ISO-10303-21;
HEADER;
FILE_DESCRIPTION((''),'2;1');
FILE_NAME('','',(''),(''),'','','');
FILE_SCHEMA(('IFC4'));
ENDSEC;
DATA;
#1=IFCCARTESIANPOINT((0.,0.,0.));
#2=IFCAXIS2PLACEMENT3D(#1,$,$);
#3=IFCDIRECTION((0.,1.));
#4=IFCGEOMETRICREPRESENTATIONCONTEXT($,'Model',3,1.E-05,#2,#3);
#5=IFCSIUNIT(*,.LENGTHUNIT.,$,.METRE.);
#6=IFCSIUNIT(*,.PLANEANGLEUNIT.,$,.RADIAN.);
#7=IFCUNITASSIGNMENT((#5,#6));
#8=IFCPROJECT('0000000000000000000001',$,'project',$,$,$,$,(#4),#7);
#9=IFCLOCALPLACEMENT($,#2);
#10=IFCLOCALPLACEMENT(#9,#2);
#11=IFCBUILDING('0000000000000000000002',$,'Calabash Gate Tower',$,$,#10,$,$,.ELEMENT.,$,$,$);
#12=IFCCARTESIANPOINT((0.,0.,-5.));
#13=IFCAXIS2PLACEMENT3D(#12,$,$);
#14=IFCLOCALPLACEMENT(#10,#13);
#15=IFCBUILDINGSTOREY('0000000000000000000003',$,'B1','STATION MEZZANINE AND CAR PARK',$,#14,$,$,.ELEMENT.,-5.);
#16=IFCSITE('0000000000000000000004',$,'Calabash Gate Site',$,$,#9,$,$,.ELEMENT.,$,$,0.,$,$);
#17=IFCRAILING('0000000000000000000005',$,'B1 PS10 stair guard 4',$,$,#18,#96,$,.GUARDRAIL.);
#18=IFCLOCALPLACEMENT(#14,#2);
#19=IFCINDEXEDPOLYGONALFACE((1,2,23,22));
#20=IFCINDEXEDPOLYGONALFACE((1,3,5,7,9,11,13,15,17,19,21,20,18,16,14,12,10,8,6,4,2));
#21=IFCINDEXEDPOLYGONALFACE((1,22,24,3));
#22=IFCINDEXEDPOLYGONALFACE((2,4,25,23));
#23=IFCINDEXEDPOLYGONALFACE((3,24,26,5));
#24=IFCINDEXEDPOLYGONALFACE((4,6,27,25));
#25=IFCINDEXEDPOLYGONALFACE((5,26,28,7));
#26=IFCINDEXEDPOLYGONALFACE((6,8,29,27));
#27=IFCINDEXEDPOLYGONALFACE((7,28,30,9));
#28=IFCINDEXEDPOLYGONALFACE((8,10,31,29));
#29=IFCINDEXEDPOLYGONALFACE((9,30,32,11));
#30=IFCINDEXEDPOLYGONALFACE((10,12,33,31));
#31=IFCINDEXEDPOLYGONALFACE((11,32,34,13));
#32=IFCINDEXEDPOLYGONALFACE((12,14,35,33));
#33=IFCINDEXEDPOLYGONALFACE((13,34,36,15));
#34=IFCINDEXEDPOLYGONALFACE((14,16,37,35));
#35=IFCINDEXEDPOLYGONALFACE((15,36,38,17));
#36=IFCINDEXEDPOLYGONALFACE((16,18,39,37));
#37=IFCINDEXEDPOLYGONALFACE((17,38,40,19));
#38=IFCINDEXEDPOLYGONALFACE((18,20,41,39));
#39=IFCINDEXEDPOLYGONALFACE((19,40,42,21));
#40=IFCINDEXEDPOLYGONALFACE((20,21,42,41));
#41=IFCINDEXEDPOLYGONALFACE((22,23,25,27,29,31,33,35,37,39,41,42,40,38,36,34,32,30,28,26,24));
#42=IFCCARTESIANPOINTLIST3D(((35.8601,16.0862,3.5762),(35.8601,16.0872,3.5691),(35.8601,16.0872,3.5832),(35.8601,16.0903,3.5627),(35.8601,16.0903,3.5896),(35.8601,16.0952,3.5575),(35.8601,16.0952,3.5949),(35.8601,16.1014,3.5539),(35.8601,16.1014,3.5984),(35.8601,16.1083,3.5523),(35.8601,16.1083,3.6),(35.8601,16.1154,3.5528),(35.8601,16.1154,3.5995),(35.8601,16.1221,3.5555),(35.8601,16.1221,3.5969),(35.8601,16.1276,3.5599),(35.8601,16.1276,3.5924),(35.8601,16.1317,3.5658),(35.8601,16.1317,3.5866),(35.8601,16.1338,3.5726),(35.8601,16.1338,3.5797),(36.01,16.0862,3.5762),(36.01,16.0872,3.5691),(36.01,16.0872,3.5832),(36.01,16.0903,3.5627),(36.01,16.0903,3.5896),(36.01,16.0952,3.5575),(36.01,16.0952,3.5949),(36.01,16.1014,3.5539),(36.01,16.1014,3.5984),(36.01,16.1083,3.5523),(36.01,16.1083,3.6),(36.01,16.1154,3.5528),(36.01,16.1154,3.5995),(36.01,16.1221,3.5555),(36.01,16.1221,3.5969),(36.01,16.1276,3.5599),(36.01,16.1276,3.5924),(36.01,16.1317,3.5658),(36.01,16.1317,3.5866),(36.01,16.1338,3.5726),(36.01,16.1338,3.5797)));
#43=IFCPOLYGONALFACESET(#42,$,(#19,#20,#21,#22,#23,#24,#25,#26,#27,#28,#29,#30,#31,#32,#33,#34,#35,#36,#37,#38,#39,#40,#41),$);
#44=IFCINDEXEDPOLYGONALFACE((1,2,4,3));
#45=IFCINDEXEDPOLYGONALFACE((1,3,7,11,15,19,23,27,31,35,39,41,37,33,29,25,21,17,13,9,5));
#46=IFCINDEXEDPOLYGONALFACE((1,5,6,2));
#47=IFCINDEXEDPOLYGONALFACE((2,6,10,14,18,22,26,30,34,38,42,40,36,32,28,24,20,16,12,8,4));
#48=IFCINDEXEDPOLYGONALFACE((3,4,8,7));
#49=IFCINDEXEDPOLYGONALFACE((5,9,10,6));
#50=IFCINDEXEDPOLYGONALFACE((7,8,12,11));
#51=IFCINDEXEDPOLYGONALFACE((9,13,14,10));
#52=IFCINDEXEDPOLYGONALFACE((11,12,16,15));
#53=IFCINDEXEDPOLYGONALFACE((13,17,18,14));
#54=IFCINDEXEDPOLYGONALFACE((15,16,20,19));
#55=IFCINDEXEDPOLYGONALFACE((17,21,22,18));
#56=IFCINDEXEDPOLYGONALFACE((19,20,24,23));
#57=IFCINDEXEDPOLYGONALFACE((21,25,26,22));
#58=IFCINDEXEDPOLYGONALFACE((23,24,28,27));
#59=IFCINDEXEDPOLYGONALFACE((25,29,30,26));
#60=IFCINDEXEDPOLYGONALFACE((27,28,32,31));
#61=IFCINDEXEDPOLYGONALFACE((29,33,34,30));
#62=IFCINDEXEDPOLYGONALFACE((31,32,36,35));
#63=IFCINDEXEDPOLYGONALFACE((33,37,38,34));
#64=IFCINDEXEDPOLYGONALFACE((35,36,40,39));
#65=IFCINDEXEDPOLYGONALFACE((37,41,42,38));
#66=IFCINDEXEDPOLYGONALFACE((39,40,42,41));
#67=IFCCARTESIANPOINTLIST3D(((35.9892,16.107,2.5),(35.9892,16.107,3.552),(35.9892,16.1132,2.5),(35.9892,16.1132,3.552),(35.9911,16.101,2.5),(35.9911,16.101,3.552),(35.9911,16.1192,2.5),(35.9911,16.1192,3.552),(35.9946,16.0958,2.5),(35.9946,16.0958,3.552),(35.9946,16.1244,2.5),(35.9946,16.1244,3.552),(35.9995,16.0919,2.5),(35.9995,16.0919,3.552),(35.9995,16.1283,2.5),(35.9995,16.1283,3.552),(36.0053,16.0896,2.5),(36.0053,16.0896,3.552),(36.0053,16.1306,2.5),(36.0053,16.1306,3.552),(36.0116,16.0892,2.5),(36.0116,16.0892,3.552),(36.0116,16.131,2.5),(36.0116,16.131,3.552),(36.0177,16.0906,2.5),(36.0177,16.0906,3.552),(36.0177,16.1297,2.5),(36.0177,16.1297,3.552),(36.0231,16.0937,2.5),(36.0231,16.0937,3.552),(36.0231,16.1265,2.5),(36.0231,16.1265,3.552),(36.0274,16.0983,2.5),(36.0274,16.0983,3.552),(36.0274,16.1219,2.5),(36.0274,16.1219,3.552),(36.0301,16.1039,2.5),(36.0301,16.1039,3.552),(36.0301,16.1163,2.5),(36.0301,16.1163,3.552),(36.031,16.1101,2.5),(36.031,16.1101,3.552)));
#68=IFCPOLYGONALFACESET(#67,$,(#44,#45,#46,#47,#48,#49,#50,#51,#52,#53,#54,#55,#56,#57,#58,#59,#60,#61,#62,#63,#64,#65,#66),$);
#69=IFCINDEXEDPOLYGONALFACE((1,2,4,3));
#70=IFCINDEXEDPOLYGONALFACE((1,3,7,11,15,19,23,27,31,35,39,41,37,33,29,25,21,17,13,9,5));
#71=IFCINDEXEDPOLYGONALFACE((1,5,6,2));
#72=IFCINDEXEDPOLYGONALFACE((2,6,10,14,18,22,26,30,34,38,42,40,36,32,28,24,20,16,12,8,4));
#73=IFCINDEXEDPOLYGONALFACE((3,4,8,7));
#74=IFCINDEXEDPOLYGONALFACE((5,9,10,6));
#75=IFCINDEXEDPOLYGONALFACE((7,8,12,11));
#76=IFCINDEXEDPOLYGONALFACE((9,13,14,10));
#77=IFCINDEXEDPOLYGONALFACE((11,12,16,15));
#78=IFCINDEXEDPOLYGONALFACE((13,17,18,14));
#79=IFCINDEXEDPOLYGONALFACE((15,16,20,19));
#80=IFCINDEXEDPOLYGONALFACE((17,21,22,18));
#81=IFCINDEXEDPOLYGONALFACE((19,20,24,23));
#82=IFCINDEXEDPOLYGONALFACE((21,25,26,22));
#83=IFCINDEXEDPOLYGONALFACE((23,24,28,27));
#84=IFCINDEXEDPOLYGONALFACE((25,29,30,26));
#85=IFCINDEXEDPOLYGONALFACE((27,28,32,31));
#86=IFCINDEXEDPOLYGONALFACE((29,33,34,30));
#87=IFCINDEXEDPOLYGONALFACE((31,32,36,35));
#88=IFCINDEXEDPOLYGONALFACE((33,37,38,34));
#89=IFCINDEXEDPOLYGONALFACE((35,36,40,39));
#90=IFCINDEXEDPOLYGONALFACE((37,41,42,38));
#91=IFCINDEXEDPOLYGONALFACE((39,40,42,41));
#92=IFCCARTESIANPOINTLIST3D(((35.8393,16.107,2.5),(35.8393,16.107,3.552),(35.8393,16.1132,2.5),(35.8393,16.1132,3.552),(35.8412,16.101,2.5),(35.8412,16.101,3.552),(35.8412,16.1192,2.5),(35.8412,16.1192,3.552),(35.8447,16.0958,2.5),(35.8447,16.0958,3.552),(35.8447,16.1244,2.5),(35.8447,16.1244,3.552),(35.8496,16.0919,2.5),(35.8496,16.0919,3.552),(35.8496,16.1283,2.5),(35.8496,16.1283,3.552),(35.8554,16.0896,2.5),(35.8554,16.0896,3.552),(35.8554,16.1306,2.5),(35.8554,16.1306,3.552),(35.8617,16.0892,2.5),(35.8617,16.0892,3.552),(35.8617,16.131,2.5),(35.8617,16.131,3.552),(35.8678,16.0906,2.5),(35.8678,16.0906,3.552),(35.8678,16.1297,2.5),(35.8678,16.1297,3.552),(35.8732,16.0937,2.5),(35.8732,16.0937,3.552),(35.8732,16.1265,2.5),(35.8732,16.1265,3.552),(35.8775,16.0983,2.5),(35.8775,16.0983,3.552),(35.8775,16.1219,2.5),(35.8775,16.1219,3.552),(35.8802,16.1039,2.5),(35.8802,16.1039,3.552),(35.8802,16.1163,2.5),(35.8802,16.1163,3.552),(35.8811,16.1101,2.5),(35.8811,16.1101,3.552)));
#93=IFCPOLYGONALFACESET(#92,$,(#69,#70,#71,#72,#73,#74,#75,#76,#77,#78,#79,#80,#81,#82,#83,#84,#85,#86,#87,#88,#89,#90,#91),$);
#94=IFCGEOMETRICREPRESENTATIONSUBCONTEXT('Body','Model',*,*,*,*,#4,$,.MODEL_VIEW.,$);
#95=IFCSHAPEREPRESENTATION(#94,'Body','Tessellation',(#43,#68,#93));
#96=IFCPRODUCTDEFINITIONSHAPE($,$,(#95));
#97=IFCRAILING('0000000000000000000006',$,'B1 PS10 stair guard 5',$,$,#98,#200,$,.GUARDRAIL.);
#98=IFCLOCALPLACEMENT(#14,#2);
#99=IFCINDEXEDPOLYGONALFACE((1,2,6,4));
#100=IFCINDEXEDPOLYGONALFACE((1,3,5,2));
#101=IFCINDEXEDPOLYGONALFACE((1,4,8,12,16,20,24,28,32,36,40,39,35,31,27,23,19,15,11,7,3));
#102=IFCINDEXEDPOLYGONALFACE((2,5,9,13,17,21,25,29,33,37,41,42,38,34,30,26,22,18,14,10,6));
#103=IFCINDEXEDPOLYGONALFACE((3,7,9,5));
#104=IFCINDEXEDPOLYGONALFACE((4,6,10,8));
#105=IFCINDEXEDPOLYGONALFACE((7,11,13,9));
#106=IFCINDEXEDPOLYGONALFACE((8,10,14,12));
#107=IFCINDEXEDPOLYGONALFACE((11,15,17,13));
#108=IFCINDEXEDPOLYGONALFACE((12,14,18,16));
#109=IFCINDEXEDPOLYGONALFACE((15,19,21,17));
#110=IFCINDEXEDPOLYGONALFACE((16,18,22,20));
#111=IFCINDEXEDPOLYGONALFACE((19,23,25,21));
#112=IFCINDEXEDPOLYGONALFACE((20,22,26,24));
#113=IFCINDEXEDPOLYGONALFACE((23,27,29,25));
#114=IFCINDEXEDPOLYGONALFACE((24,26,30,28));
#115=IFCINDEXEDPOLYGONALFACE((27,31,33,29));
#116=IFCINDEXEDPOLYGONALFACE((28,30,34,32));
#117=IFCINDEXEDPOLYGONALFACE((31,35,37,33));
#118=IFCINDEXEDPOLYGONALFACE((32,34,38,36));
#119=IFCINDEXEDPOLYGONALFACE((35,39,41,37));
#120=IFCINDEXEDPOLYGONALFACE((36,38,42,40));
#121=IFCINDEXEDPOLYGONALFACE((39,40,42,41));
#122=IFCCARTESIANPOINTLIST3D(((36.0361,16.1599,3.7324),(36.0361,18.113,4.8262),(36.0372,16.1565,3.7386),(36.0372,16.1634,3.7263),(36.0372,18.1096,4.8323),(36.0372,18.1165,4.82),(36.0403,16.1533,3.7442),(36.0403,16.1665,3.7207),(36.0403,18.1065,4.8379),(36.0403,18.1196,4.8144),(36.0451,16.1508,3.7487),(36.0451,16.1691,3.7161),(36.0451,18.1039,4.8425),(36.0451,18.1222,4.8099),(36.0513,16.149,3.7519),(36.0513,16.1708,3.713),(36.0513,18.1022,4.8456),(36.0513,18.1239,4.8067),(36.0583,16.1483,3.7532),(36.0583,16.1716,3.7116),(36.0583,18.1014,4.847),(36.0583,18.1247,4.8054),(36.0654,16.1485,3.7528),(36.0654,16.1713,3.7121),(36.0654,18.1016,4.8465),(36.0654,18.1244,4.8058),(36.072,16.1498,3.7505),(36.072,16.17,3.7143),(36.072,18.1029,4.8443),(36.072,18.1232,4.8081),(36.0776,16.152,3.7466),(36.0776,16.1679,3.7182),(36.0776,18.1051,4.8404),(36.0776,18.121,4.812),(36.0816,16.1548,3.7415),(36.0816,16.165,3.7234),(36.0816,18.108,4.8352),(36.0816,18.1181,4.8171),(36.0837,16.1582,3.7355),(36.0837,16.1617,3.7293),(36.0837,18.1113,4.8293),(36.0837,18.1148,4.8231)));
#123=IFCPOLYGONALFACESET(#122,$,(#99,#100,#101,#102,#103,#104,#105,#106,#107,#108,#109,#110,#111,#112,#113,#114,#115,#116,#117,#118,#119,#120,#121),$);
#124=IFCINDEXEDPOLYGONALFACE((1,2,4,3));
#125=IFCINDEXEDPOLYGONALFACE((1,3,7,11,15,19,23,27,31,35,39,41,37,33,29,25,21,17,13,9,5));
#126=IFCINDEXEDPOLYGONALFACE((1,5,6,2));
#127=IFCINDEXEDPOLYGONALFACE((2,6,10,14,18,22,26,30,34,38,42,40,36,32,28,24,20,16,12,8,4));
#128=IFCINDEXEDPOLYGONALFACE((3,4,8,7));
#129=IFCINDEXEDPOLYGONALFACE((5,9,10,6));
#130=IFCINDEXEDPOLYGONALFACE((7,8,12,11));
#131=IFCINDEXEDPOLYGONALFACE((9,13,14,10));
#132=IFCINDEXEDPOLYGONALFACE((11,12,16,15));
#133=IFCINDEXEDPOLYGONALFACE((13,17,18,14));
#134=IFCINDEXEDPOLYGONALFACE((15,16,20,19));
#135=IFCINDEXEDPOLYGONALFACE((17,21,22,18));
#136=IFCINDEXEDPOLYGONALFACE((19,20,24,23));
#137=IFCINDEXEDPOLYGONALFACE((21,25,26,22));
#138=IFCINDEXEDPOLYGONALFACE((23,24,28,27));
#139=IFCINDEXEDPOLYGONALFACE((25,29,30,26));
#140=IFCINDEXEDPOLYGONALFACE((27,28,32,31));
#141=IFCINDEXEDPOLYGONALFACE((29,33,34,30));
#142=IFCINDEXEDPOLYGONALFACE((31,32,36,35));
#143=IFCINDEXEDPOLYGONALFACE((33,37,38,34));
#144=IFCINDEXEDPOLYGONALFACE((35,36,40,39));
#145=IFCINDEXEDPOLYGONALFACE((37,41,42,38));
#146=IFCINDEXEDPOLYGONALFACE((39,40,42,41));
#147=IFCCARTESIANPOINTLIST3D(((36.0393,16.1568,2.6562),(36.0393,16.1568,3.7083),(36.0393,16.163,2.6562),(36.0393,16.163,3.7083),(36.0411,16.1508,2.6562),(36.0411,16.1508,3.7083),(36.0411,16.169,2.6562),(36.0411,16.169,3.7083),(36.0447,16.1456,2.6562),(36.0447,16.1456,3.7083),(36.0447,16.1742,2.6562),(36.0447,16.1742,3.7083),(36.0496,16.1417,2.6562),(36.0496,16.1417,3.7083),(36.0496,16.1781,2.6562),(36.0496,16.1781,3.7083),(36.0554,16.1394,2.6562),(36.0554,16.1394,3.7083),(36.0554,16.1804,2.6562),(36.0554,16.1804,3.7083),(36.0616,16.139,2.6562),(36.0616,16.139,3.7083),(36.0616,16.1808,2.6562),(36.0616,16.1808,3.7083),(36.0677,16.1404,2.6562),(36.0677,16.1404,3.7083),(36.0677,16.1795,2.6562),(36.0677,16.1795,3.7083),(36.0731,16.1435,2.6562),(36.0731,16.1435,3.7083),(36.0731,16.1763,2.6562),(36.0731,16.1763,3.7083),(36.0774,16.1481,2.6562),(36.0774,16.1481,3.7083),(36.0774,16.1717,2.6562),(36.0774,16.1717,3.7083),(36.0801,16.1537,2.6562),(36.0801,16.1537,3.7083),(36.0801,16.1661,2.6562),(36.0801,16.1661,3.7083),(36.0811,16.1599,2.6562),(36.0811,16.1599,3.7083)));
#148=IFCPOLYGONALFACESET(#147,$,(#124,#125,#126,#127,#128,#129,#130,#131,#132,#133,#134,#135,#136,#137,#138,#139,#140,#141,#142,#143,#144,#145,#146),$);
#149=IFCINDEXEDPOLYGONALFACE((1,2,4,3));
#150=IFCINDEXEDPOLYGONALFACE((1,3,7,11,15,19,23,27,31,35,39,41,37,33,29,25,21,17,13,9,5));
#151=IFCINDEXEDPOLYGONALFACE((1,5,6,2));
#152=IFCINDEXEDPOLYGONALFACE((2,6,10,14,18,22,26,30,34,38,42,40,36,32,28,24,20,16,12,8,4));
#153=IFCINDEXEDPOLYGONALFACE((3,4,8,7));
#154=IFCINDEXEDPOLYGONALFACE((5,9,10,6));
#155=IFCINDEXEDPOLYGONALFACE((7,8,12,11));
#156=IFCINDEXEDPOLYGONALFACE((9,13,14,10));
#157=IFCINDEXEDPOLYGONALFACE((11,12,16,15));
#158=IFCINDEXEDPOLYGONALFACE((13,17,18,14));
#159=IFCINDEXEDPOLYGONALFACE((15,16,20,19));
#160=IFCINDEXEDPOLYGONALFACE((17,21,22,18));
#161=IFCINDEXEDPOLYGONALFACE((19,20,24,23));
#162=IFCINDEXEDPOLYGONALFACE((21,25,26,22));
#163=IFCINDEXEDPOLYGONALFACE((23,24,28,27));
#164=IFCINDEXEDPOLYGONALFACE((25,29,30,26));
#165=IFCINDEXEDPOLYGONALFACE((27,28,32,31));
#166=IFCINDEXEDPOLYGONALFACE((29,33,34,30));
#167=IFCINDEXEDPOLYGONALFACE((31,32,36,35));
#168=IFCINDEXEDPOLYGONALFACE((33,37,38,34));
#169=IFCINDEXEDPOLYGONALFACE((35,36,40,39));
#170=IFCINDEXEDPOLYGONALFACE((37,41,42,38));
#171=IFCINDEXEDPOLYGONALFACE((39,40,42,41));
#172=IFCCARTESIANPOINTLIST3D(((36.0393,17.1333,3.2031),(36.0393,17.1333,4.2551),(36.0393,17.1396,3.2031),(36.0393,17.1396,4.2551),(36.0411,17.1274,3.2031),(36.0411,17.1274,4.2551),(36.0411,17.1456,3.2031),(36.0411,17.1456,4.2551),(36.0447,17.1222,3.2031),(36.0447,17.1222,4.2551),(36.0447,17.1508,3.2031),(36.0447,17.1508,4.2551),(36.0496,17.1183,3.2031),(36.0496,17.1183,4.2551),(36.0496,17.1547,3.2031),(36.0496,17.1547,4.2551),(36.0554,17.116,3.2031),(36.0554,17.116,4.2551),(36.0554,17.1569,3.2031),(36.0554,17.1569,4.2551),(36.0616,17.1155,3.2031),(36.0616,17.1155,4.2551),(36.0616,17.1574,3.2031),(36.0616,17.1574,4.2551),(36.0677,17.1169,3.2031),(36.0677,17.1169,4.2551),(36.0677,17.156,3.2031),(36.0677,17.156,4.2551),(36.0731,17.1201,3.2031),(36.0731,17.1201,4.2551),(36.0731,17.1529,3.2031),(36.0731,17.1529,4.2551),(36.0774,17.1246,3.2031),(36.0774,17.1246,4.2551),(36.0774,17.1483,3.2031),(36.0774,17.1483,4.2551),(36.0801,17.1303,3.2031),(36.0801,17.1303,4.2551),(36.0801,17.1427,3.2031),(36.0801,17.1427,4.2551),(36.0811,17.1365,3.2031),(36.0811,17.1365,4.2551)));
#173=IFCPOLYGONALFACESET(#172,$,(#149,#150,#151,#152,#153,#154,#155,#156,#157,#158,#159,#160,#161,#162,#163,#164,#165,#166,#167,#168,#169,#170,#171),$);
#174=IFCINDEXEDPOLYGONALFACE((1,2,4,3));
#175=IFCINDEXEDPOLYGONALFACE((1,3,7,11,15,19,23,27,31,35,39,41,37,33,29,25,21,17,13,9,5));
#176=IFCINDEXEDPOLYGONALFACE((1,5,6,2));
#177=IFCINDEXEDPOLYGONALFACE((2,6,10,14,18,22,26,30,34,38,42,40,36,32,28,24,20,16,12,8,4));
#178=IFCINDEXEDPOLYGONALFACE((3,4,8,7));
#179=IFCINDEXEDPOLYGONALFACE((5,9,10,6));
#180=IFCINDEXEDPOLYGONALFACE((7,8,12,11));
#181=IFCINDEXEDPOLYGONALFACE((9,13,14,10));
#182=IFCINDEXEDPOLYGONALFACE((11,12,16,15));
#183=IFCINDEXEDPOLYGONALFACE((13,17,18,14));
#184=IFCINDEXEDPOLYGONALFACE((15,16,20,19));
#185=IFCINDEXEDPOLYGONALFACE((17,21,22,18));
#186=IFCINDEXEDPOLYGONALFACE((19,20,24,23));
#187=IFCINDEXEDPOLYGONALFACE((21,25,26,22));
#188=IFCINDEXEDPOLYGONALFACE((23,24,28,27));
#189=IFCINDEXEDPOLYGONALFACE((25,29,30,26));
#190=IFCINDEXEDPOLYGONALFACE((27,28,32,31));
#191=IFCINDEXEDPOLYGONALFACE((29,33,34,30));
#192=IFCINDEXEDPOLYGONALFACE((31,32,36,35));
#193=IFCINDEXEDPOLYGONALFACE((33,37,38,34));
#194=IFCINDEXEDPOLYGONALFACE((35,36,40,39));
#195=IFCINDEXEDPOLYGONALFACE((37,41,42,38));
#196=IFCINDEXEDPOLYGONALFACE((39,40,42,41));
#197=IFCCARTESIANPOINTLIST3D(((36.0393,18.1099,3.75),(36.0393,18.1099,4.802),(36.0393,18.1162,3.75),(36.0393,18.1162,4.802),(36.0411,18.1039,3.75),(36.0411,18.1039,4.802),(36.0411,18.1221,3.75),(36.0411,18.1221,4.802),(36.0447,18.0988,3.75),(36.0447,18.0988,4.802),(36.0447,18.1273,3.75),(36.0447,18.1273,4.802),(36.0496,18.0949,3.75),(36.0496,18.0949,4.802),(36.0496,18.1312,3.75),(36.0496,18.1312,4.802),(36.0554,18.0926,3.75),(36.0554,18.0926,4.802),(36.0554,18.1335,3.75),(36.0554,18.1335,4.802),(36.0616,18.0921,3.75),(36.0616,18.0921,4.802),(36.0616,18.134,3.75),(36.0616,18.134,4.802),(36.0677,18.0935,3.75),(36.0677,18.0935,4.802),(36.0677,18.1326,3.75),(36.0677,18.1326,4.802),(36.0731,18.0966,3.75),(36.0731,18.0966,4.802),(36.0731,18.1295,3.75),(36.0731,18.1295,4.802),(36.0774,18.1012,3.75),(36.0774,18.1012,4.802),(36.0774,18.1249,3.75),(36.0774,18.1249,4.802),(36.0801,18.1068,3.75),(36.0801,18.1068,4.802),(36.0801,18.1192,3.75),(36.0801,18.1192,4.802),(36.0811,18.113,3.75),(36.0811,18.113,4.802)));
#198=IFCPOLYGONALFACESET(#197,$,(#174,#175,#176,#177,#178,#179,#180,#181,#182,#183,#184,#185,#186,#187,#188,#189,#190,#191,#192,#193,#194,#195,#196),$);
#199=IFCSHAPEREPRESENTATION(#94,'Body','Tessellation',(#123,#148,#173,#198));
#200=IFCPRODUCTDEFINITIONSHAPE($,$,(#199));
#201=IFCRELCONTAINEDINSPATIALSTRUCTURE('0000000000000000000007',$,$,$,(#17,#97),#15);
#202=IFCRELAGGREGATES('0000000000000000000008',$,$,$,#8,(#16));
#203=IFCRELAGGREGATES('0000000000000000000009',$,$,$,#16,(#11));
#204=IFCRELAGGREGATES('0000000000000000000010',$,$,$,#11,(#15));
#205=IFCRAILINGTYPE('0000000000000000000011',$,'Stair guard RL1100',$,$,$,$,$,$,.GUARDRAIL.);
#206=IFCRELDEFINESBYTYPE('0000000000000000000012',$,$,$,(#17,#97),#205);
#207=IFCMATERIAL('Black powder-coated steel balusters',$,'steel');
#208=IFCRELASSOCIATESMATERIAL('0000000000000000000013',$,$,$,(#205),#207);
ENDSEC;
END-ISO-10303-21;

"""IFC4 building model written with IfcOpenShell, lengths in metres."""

from ifc_helpers import new_model, si_unit, direction, frame, origin, origin_2d, place, context, subcontext, project, spatial, circle, extrude, material, type_object, element, save


model = new_model("IFC4")

# Units and contexts
model_context = context("Model", 3, precision=1e-05, world=origin(), true_north=direction((0.0, 1.0)))
body_context = subcontext(model_context, "Body", "Model", "MODEL_VIEW")
ifc_project = project(units=[si_unit("LENGTHUNIT", "METRE"), si_unit("PLANEANGLEUNIT", "RADIAN")], contexts=[model_context])

# Site, building, storey
site_placement = place(None, origin())
site = spatial("IfcSite", under=ifc_project, at=site_placement, Name="Calabash Gate Site", CompositionType="ELEMENT", RefElevation=0.0)
building_placement = place(site_placement, origin())
building = spatial("IfcBuilding", under=site, at=building_placement, Name="Calabash Gate Tower", CompositionType="ELEMENT")
storey_placement = place(building_placement, frame((0.0, 0.0, -5.0)))
storey = spatial("IfcBuildingStorey", under=building, at=storey_placement, Name="B1", Description="STATION MEZZANINE AND CAR PARK", CompositionType="ELEMENT", Elevation=-5.0)

# Railings
ifc_material_1 = material(Name="Black powder-coated steel balusters", Category="steel")
railing_type_1 = type_object("IfcRailingType", Name="Stair guard RL1100", PredefinedType="GUARDRAIL", material=ifc_material_1)
railing_1_placement = place(storey_placement, frame((36.01, 16.1101, 2.5)))
element("IfcRailing", 1, at=railing_1_placement, inside=storey, type_object=railing_type_1, Name="B1 PS10 stair guard 4", PredefinedType="GUARDRAIL", context=body_context, shape_type="SweptSolid", body=[
    extrude(circle(Radius=0.0239, at=origin_2d()), frame((0.0, 0.0, 1.0762), z_axis=(-1.0, 0.0, 0.0), x_axis=(0.0, -1.0, 0.0)), (0.0, 0.0, 1.0), 0.1499),
    extrude(circle(Radius=0.021, at=origin_2d()), origin(), (0.0, 0.0, 1.0), 1.052),
    extrude(circle(Radius=0.021, at=origin_2d()), frame((-0.1499, 0.0, 0.0)), (0.0, 0.0, 1.0), 1.052),
])
railing_2_placement = place(storey_placement, frame((36.0601, 16.1599, 2.6562)))
element("IfcRailing", 2, at=railing_2_placement, inside=storey, type_object=railing_type_1, Name="B1 PS10 stair guard 5", PredefinedType="GUARDRAIL", context=body_context, shape_type="SweptSolid", body=[
    extrude(circle(Radius=0.0239, at=origin_2d()), frame((0.0, 0.0, 1.0762), z_axis=(0.0, 0.872506, 0.488603), x_axis=(-1.0, 0.0, 0.0)), (0.0, 0.0, 1.0), 2.2385),
    extrude(circle(Radius=0.021, at=origin_2d()), origin(), (0.0, 0.0, 1.0), 1.052),
    extrude(circle(Radius=0.021, at=origin_2d()), frame((0.0, 0.9766, 0.5469)), (0.0, 0.0, 1.0), 1.052),
    extrude(circle(Radius=0.021, at=origin_2d()), frame((0.0, 1.9531, 1.0938)), (0.0, 0.0, 1.0), 1.052),
])

save(model, "model.ifc")
